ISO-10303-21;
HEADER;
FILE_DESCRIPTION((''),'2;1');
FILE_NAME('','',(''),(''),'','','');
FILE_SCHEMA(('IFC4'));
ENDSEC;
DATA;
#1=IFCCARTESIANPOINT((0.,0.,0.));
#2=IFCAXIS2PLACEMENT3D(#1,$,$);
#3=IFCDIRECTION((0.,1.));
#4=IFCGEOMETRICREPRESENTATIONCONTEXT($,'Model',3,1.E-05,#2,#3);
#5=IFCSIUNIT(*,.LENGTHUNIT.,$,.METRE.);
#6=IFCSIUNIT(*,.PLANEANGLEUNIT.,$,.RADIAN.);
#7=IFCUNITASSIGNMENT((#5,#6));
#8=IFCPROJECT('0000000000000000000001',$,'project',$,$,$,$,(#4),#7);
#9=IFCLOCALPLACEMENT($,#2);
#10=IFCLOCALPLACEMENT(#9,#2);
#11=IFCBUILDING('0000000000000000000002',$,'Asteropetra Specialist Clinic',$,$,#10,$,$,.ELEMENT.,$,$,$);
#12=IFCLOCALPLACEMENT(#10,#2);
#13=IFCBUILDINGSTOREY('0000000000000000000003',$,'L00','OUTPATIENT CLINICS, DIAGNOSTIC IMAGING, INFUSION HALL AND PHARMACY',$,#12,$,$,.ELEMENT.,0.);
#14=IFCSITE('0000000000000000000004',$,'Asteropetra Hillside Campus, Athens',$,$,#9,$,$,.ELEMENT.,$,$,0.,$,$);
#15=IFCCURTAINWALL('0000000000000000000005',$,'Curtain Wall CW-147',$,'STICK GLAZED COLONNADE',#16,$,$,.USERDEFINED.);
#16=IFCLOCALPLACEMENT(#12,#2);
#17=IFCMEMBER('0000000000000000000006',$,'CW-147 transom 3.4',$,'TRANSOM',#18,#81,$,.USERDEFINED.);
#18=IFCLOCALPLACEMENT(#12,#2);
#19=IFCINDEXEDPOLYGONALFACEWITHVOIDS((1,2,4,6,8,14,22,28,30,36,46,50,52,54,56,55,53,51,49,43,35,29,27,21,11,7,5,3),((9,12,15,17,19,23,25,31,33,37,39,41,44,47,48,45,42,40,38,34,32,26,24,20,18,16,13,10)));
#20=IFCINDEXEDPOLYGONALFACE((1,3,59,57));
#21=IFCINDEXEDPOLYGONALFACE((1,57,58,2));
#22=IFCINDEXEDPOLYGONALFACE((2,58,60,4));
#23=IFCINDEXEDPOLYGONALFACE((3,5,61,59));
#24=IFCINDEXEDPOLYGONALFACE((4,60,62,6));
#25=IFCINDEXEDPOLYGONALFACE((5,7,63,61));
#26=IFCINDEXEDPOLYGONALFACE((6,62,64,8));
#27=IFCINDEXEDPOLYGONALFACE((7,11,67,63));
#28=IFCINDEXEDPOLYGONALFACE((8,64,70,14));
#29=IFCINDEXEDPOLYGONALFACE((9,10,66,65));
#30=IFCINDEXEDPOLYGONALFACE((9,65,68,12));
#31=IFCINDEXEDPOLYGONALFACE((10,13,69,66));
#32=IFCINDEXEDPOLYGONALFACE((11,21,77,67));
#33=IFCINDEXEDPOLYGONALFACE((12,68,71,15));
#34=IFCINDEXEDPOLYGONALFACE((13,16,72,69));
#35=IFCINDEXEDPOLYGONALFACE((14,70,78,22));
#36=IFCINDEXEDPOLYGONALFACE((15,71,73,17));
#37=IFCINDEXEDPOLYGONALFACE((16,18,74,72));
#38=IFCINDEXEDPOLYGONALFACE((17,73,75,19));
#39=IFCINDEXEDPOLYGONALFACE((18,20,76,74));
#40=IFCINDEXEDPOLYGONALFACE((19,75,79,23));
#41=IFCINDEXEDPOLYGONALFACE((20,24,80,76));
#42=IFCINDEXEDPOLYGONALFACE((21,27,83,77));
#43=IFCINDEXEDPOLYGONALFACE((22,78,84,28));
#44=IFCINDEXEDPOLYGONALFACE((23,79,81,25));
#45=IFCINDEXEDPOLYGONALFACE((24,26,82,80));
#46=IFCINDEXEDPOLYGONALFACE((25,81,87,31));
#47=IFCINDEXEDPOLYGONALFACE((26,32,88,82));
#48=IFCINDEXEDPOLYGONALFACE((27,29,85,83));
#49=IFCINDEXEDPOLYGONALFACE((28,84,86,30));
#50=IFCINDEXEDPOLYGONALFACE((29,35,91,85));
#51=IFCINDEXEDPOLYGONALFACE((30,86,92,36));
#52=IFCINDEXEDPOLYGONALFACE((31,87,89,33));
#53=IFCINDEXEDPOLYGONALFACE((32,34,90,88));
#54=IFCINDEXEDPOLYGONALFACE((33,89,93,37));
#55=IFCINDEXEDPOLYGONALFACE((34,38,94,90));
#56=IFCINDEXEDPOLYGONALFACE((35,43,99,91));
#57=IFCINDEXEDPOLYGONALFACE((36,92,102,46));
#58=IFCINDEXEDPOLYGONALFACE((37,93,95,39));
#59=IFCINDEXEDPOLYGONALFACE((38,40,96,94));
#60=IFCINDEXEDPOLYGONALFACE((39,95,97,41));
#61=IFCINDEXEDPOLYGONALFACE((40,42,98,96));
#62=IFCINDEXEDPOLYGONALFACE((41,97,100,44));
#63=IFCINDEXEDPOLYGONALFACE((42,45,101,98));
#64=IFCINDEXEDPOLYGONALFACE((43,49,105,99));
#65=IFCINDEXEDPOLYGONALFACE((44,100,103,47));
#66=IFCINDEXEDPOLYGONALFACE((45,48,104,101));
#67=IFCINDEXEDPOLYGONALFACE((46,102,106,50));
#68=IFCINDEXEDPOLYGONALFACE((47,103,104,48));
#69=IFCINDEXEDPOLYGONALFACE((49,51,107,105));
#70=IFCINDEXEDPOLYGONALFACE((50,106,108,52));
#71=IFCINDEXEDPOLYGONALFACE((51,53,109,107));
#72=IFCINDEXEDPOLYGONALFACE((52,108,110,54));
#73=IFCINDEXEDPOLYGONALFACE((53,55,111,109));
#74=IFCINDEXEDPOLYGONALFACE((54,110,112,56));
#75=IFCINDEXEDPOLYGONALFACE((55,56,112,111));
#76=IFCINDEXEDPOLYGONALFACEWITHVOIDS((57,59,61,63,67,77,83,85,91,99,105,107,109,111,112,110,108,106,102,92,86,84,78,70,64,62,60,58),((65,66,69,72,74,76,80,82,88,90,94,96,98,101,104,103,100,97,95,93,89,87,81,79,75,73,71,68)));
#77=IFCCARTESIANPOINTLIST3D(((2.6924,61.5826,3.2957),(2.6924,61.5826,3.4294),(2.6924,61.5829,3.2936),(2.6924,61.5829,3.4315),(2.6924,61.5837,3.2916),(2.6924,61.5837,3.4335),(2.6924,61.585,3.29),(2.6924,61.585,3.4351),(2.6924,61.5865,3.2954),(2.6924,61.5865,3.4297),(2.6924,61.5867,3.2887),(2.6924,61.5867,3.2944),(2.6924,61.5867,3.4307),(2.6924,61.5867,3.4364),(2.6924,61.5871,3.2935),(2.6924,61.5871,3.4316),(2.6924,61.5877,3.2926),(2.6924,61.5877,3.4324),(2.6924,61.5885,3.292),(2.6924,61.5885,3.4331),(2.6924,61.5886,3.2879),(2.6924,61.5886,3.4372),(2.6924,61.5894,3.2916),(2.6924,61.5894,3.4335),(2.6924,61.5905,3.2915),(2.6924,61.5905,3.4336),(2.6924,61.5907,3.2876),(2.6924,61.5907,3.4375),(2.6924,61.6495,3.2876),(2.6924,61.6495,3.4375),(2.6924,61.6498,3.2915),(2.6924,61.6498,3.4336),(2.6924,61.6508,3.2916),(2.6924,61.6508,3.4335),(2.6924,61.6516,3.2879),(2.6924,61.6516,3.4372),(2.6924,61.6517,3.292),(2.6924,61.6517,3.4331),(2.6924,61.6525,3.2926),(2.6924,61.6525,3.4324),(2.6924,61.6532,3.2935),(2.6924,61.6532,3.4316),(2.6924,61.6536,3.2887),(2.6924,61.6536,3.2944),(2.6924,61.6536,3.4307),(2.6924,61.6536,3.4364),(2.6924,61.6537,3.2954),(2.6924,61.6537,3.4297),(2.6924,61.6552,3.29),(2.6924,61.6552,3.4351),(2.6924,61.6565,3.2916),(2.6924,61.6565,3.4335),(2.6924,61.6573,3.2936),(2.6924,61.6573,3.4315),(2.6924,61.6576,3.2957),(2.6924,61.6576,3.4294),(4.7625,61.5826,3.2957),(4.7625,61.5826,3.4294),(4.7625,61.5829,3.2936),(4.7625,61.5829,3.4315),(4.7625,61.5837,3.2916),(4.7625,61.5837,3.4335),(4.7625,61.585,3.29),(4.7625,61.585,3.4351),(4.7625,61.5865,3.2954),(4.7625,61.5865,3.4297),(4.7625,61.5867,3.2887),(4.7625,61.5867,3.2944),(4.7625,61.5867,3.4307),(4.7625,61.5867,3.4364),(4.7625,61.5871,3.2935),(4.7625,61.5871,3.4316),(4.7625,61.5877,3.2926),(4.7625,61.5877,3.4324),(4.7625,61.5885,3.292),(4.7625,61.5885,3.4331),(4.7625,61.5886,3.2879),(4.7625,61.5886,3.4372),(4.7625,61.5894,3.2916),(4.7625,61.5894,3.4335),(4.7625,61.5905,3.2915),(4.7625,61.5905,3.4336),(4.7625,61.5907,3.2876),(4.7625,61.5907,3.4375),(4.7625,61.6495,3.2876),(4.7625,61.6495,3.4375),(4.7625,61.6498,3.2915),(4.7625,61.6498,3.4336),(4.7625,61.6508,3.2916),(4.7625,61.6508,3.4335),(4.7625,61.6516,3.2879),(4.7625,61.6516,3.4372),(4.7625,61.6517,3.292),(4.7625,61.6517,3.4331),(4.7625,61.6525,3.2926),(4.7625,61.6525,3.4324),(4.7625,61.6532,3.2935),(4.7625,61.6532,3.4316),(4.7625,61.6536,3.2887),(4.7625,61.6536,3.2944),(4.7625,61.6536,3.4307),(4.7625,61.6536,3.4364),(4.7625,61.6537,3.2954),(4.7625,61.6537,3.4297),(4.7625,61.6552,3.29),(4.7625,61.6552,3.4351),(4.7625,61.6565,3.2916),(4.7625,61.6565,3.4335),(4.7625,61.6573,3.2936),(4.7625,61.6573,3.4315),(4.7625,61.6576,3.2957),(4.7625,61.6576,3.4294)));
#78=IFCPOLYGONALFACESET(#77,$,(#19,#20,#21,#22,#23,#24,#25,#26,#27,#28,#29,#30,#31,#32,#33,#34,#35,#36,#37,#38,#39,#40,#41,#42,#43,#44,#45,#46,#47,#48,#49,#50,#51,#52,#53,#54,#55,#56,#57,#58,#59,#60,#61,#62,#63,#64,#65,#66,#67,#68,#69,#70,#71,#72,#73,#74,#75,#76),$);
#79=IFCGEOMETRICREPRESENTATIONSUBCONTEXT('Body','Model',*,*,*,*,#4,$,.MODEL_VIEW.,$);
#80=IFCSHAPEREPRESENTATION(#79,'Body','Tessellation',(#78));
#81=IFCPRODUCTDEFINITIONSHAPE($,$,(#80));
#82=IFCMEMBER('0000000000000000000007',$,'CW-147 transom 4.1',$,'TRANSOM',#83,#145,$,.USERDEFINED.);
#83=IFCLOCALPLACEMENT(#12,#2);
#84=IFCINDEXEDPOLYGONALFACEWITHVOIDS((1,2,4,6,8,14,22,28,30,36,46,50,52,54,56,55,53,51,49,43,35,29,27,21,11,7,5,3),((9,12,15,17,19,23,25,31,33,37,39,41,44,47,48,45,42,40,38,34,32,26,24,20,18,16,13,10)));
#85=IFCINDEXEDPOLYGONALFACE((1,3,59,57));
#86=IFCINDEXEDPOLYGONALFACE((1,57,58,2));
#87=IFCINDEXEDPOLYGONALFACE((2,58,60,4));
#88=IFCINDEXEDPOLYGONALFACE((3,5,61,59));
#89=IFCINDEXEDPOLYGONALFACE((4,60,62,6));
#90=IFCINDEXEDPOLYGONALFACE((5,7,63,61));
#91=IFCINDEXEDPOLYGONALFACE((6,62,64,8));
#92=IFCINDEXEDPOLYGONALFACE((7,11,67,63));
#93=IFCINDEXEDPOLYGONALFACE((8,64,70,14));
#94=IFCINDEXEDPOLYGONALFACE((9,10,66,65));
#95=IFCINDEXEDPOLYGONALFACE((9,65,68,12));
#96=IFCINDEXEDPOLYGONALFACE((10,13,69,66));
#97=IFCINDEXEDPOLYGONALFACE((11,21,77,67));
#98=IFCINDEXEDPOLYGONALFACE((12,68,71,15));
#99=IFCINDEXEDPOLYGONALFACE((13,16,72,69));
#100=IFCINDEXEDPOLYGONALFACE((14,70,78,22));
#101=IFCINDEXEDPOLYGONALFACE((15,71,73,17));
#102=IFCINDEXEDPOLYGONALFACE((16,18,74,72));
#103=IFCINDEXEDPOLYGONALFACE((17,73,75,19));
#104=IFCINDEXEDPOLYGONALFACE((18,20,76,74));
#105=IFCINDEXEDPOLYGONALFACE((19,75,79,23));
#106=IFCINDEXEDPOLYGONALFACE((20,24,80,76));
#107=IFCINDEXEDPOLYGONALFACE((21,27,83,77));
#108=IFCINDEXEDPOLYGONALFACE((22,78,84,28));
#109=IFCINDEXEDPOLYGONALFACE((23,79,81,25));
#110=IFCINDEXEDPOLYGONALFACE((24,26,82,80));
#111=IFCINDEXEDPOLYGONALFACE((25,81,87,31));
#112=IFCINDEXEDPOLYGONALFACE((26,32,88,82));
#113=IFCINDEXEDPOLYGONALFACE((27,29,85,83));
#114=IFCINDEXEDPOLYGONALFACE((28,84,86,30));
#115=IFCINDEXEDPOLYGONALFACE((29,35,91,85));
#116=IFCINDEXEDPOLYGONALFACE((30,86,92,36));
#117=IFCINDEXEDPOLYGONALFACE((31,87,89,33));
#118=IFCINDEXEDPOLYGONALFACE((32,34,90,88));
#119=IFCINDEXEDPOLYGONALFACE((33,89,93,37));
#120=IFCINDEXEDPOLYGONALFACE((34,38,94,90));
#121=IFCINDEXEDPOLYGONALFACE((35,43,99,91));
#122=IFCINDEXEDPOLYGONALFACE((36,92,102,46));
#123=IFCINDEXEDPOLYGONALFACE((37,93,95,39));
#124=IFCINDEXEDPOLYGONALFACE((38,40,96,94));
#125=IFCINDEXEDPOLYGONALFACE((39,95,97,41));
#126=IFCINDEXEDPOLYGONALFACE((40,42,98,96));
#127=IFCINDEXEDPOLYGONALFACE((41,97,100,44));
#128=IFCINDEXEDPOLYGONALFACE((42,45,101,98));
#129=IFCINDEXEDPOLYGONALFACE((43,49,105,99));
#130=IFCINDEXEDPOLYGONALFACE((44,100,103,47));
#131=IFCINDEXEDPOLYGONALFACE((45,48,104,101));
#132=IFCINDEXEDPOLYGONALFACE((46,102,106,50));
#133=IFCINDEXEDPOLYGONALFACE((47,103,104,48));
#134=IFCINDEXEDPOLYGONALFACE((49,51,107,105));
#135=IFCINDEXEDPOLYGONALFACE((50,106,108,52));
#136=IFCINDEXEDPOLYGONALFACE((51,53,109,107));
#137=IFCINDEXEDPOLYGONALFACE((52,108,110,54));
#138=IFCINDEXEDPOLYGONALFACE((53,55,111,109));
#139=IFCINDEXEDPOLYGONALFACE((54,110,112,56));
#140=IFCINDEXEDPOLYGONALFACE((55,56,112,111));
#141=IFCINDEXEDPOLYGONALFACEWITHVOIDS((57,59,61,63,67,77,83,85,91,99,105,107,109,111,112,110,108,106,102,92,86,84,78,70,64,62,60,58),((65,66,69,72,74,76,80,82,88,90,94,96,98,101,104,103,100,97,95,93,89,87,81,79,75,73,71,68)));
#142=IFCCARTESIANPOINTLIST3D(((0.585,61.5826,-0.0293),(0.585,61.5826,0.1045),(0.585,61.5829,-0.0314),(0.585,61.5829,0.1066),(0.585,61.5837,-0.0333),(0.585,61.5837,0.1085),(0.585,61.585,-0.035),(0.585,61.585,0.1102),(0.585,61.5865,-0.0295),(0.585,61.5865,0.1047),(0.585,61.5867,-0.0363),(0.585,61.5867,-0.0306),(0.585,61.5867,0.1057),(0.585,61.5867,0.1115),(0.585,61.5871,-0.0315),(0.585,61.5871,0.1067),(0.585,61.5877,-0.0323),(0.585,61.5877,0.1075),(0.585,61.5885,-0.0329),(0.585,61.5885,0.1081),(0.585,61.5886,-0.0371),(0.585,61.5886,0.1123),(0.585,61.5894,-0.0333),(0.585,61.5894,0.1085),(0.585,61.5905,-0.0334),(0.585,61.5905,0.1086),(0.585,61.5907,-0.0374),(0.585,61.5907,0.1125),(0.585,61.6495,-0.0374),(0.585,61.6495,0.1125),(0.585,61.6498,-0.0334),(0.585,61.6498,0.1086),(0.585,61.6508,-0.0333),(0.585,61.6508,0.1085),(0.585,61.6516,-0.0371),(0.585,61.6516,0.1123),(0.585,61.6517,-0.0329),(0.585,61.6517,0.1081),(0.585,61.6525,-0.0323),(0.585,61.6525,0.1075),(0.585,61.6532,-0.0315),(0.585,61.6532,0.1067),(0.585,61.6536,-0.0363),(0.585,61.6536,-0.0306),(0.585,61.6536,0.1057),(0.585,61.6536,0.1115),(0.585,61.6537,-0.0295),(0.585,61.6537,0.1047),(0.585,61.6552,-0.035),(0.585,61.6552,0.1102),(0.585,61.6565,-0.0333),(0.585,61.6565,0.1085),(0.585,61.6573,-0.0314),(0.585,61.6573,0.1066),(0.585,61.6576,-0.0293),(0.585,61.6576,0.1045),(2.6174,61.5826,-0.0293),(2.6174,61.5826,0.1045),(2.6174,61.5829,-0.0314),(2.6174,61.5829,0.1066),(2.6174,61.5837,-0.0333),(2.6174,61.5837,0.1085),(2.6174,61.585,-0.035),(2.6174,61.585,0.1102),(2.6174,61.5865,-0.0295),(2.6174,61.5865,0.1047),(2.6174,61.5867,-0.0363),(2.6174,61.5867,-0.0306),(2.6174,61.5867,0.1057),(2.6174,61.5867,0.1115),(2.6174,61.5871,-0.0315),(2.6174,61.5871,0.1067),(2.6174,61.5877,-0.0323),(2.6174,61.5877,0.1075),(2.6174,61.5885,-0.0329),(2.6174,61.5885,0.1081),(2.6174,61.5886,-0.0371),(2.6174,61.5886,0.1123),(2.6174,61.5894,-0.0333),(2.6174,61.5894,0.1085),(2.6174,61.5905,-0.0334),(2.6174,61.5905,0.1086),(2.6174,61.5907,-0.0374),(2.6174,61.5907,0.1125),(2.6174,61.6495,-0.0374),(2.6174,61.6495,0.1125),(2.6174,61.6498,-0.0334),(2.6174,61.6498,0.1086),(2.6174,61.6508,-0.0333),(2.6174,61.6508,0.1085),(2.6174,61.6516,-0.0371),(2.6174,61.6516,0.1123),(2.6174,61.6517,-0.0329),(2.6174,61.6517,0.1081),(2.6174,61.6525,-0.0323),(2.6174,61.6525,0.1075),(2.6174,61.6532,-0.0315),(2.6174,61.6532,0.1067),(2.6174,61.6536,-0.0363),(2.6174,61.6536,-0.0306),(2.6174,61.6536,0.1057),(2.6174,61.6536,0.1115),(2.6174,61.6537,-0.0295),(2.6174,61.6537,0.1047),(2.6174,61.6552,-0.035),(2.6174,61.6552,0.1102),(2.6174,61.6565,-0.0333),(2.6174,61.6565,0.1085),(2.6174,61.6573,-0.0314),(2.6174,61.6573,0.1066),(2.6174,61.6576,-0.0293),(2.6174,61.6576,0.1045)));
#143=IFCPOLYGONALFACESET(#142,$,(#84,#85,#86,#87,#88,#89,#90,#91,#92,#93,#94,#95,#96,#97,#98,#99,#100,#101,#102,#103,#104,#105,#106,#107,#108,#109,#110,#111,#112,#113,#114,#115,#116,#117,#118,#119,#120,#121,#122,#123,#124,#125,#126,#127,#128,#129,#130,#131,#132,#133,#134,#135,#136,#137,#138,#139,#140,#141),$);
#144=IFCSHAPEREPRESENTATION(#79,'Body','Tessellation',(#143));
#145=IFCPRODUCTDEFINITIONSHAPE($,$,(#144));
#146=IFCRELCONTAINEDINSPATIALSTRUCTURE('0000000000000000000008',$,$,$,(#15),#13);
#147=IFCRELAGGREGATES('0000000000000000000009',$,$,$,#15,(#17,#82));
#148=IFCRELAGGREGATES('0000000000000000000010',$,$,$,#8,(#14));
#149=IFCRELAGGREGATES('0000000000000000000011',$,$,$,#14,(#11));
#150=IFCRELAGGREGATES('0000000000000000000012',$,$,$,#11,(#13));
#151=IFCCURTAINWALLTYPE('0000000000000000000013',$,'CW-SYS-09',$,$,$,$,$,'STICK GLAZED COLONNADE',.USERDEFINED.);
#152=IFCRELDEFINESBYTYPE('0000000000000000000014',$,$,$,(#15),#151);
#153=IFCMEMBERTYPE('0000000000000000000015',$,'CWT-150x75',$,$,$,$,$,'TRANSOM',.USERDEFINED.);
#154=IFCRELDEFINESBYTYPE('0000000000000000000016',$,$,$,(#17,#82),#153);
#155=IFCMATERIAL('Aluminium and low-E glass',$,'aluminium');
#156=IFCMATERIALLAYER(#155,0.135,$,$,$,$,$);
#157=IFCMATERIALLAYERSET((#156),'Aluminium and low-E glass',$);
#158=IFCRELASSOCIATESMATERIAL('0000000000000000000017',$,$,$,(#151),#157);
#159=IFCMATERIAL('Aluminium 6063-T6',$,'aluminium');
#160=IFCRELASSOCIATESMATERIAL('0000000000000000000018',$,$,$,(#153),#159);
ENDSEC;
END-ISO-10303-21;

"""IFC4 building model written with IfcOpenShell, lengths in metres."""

from ifc_helpers import new_model, si_unit, direction, frame, origin, origin_2d, place, context, subcontext, project, spatial, hollow_rectangle, extrude, material, layer, layer_set, material_profile, profile_set, type_object, element, aggregate, save


model = new_model("IFC4")

# Units and contexts
model_context = context("Model", 3, precision=1e-05, world=origin(), true_north=direction((0.0, 1.0)))
body_context = subcontext(model_context, "Body", "Model", "MODEL_VIEW")
ifc_project = project(units=[si_unit("LENGTHUNIT", "METRE"), si_unit("PLANEANGLEUNIT", "RADIAN")], contexts=[model_context])

# Site, building, storey
site_placement = place(None, origin())
site = spatial("IfcSite", under=ifc_project, at=site_placement, Name="Asteropetra Hillside Campus, Athens", CompositionType="ELEMENT", RefElevation=0.0)
building_placement = place(site_placement, origin())
building = spatial("IfcBuilding", under=site, at=building_placement, Name="Asteropetra Specialist Clinic", CompositionType="ELEMENT")
storey_placement = place(building_placement, origin())
storey = spatial("IfcBuildingStorey", under=building, at=storey_placement, Name="L00", Description="OUTPATIENT CLINICS, DIAGNOSTIC IMAGING, INFUSION HALL AND PHARMACY", CompositionType="ELEMENT", Elevation=0.0)

# Curtain wall
ifc_material_1 = material(Name="Aluminium and low-E glass", Category="aluminium")
ifc_layer_1 = layer(ifc_material_1, 0.135)
ifc_layer_set_1 = layer_set([ifc_layer_1], Name="Aluminium and low-E glass")
curtain_wall_type_1 = type_object("IfcCurtainWallType", Name="CW-SYS-09", ElementType="STICK GLAZED COLONNADE", PredefinedType="USERDEFINED", material=ifc_layer_set_1)
curtain_wall_1_placement = place(storey_placement, origin())
curtain_wall_1 = element("IfcCurtainWall", 1, at=curtain_wall_1_placement, inside=storey, type_object=curtain_wall_type_1, Name="Curtain Wall CW-147", ObjectType="STICK GLAZED COLONNADE", PredefinedType="USERDEFINED")

# Members
ifc_material_2 = material(Name="Aluminium 6063-T6", Category="aluminium")
ifc_material_profile_1 = material_profile(ifc_material_2, hollow_rectangle(XDim=0.075, YDim=0.1499, WallThickness=0.0039, InnerFilletRadius=0.0039, OuterFilletRadius=0.0081, at=origin_2d()), Name="TRN 150x75x4.0")
ifc_profile_set_1 = profile_set([ifc_material_profile_1], Name="Aluminium 6063-T6")
member_type_1 = type_object("IfcMemberType", Name="CWT-150x75", ElementType="TRANSOM", PredefinedType="USERDEFINED", material=ifc_profile_set_1)
member_1_placement = place(storey_placement, frame((4.7625, 61.6201, 3.3625), z_axis=(-1.0, 0.0, 0.0), x_axis=(0.0, -1.0, 0.0)))
member_1 = element("IfcMember", 2, at=member_1_placement, type_object=member_type_1, Name="CW-147 transom 3.4", ObjectType="TRANSOM", PredefinedType="USERDEFINED", context=body_context, shape_type="SweptSolid", body=[
    extrude(hollow_rectangle(XDim=0.075, YDim=0.1499, WallThickness=0.0039, InnerFilletRadius=0.0039, OuterFilletRadius=0.0081, at=origin_2d()), origin(), (0.0, 0.0, 1.0), 2.0701),
])
member_2_placement = place(storey_placement, frame((2.6174, 61.6201, 0.0376), z_axis=(-1.0, 0.0, 0.0), x_axis=(0.0, -1.0, 0.0)))
member_2 = element("IfcMember", 3, at=member_2_placement, type_object=member_type_1, Name="CW-147 transom 4.1", ObjectType="TRANSOM", PredefinedType="USERDEFINED", context=body_context, shape_type="SweptSolid", body=[
    extrude(hollow_rectangle(XDim=0.075, YDim=0.1499, WallThickness=0.0039, InnerFilletRadius=0.0039, OuterFilletRadius=0.0081, at=origin_2d()), origin(), (0.0, 0.0, 1.0), 2.0325),
])

aggregate(curtain_wall_1, [member_1, member_2])

save(model, "model.ifc")
